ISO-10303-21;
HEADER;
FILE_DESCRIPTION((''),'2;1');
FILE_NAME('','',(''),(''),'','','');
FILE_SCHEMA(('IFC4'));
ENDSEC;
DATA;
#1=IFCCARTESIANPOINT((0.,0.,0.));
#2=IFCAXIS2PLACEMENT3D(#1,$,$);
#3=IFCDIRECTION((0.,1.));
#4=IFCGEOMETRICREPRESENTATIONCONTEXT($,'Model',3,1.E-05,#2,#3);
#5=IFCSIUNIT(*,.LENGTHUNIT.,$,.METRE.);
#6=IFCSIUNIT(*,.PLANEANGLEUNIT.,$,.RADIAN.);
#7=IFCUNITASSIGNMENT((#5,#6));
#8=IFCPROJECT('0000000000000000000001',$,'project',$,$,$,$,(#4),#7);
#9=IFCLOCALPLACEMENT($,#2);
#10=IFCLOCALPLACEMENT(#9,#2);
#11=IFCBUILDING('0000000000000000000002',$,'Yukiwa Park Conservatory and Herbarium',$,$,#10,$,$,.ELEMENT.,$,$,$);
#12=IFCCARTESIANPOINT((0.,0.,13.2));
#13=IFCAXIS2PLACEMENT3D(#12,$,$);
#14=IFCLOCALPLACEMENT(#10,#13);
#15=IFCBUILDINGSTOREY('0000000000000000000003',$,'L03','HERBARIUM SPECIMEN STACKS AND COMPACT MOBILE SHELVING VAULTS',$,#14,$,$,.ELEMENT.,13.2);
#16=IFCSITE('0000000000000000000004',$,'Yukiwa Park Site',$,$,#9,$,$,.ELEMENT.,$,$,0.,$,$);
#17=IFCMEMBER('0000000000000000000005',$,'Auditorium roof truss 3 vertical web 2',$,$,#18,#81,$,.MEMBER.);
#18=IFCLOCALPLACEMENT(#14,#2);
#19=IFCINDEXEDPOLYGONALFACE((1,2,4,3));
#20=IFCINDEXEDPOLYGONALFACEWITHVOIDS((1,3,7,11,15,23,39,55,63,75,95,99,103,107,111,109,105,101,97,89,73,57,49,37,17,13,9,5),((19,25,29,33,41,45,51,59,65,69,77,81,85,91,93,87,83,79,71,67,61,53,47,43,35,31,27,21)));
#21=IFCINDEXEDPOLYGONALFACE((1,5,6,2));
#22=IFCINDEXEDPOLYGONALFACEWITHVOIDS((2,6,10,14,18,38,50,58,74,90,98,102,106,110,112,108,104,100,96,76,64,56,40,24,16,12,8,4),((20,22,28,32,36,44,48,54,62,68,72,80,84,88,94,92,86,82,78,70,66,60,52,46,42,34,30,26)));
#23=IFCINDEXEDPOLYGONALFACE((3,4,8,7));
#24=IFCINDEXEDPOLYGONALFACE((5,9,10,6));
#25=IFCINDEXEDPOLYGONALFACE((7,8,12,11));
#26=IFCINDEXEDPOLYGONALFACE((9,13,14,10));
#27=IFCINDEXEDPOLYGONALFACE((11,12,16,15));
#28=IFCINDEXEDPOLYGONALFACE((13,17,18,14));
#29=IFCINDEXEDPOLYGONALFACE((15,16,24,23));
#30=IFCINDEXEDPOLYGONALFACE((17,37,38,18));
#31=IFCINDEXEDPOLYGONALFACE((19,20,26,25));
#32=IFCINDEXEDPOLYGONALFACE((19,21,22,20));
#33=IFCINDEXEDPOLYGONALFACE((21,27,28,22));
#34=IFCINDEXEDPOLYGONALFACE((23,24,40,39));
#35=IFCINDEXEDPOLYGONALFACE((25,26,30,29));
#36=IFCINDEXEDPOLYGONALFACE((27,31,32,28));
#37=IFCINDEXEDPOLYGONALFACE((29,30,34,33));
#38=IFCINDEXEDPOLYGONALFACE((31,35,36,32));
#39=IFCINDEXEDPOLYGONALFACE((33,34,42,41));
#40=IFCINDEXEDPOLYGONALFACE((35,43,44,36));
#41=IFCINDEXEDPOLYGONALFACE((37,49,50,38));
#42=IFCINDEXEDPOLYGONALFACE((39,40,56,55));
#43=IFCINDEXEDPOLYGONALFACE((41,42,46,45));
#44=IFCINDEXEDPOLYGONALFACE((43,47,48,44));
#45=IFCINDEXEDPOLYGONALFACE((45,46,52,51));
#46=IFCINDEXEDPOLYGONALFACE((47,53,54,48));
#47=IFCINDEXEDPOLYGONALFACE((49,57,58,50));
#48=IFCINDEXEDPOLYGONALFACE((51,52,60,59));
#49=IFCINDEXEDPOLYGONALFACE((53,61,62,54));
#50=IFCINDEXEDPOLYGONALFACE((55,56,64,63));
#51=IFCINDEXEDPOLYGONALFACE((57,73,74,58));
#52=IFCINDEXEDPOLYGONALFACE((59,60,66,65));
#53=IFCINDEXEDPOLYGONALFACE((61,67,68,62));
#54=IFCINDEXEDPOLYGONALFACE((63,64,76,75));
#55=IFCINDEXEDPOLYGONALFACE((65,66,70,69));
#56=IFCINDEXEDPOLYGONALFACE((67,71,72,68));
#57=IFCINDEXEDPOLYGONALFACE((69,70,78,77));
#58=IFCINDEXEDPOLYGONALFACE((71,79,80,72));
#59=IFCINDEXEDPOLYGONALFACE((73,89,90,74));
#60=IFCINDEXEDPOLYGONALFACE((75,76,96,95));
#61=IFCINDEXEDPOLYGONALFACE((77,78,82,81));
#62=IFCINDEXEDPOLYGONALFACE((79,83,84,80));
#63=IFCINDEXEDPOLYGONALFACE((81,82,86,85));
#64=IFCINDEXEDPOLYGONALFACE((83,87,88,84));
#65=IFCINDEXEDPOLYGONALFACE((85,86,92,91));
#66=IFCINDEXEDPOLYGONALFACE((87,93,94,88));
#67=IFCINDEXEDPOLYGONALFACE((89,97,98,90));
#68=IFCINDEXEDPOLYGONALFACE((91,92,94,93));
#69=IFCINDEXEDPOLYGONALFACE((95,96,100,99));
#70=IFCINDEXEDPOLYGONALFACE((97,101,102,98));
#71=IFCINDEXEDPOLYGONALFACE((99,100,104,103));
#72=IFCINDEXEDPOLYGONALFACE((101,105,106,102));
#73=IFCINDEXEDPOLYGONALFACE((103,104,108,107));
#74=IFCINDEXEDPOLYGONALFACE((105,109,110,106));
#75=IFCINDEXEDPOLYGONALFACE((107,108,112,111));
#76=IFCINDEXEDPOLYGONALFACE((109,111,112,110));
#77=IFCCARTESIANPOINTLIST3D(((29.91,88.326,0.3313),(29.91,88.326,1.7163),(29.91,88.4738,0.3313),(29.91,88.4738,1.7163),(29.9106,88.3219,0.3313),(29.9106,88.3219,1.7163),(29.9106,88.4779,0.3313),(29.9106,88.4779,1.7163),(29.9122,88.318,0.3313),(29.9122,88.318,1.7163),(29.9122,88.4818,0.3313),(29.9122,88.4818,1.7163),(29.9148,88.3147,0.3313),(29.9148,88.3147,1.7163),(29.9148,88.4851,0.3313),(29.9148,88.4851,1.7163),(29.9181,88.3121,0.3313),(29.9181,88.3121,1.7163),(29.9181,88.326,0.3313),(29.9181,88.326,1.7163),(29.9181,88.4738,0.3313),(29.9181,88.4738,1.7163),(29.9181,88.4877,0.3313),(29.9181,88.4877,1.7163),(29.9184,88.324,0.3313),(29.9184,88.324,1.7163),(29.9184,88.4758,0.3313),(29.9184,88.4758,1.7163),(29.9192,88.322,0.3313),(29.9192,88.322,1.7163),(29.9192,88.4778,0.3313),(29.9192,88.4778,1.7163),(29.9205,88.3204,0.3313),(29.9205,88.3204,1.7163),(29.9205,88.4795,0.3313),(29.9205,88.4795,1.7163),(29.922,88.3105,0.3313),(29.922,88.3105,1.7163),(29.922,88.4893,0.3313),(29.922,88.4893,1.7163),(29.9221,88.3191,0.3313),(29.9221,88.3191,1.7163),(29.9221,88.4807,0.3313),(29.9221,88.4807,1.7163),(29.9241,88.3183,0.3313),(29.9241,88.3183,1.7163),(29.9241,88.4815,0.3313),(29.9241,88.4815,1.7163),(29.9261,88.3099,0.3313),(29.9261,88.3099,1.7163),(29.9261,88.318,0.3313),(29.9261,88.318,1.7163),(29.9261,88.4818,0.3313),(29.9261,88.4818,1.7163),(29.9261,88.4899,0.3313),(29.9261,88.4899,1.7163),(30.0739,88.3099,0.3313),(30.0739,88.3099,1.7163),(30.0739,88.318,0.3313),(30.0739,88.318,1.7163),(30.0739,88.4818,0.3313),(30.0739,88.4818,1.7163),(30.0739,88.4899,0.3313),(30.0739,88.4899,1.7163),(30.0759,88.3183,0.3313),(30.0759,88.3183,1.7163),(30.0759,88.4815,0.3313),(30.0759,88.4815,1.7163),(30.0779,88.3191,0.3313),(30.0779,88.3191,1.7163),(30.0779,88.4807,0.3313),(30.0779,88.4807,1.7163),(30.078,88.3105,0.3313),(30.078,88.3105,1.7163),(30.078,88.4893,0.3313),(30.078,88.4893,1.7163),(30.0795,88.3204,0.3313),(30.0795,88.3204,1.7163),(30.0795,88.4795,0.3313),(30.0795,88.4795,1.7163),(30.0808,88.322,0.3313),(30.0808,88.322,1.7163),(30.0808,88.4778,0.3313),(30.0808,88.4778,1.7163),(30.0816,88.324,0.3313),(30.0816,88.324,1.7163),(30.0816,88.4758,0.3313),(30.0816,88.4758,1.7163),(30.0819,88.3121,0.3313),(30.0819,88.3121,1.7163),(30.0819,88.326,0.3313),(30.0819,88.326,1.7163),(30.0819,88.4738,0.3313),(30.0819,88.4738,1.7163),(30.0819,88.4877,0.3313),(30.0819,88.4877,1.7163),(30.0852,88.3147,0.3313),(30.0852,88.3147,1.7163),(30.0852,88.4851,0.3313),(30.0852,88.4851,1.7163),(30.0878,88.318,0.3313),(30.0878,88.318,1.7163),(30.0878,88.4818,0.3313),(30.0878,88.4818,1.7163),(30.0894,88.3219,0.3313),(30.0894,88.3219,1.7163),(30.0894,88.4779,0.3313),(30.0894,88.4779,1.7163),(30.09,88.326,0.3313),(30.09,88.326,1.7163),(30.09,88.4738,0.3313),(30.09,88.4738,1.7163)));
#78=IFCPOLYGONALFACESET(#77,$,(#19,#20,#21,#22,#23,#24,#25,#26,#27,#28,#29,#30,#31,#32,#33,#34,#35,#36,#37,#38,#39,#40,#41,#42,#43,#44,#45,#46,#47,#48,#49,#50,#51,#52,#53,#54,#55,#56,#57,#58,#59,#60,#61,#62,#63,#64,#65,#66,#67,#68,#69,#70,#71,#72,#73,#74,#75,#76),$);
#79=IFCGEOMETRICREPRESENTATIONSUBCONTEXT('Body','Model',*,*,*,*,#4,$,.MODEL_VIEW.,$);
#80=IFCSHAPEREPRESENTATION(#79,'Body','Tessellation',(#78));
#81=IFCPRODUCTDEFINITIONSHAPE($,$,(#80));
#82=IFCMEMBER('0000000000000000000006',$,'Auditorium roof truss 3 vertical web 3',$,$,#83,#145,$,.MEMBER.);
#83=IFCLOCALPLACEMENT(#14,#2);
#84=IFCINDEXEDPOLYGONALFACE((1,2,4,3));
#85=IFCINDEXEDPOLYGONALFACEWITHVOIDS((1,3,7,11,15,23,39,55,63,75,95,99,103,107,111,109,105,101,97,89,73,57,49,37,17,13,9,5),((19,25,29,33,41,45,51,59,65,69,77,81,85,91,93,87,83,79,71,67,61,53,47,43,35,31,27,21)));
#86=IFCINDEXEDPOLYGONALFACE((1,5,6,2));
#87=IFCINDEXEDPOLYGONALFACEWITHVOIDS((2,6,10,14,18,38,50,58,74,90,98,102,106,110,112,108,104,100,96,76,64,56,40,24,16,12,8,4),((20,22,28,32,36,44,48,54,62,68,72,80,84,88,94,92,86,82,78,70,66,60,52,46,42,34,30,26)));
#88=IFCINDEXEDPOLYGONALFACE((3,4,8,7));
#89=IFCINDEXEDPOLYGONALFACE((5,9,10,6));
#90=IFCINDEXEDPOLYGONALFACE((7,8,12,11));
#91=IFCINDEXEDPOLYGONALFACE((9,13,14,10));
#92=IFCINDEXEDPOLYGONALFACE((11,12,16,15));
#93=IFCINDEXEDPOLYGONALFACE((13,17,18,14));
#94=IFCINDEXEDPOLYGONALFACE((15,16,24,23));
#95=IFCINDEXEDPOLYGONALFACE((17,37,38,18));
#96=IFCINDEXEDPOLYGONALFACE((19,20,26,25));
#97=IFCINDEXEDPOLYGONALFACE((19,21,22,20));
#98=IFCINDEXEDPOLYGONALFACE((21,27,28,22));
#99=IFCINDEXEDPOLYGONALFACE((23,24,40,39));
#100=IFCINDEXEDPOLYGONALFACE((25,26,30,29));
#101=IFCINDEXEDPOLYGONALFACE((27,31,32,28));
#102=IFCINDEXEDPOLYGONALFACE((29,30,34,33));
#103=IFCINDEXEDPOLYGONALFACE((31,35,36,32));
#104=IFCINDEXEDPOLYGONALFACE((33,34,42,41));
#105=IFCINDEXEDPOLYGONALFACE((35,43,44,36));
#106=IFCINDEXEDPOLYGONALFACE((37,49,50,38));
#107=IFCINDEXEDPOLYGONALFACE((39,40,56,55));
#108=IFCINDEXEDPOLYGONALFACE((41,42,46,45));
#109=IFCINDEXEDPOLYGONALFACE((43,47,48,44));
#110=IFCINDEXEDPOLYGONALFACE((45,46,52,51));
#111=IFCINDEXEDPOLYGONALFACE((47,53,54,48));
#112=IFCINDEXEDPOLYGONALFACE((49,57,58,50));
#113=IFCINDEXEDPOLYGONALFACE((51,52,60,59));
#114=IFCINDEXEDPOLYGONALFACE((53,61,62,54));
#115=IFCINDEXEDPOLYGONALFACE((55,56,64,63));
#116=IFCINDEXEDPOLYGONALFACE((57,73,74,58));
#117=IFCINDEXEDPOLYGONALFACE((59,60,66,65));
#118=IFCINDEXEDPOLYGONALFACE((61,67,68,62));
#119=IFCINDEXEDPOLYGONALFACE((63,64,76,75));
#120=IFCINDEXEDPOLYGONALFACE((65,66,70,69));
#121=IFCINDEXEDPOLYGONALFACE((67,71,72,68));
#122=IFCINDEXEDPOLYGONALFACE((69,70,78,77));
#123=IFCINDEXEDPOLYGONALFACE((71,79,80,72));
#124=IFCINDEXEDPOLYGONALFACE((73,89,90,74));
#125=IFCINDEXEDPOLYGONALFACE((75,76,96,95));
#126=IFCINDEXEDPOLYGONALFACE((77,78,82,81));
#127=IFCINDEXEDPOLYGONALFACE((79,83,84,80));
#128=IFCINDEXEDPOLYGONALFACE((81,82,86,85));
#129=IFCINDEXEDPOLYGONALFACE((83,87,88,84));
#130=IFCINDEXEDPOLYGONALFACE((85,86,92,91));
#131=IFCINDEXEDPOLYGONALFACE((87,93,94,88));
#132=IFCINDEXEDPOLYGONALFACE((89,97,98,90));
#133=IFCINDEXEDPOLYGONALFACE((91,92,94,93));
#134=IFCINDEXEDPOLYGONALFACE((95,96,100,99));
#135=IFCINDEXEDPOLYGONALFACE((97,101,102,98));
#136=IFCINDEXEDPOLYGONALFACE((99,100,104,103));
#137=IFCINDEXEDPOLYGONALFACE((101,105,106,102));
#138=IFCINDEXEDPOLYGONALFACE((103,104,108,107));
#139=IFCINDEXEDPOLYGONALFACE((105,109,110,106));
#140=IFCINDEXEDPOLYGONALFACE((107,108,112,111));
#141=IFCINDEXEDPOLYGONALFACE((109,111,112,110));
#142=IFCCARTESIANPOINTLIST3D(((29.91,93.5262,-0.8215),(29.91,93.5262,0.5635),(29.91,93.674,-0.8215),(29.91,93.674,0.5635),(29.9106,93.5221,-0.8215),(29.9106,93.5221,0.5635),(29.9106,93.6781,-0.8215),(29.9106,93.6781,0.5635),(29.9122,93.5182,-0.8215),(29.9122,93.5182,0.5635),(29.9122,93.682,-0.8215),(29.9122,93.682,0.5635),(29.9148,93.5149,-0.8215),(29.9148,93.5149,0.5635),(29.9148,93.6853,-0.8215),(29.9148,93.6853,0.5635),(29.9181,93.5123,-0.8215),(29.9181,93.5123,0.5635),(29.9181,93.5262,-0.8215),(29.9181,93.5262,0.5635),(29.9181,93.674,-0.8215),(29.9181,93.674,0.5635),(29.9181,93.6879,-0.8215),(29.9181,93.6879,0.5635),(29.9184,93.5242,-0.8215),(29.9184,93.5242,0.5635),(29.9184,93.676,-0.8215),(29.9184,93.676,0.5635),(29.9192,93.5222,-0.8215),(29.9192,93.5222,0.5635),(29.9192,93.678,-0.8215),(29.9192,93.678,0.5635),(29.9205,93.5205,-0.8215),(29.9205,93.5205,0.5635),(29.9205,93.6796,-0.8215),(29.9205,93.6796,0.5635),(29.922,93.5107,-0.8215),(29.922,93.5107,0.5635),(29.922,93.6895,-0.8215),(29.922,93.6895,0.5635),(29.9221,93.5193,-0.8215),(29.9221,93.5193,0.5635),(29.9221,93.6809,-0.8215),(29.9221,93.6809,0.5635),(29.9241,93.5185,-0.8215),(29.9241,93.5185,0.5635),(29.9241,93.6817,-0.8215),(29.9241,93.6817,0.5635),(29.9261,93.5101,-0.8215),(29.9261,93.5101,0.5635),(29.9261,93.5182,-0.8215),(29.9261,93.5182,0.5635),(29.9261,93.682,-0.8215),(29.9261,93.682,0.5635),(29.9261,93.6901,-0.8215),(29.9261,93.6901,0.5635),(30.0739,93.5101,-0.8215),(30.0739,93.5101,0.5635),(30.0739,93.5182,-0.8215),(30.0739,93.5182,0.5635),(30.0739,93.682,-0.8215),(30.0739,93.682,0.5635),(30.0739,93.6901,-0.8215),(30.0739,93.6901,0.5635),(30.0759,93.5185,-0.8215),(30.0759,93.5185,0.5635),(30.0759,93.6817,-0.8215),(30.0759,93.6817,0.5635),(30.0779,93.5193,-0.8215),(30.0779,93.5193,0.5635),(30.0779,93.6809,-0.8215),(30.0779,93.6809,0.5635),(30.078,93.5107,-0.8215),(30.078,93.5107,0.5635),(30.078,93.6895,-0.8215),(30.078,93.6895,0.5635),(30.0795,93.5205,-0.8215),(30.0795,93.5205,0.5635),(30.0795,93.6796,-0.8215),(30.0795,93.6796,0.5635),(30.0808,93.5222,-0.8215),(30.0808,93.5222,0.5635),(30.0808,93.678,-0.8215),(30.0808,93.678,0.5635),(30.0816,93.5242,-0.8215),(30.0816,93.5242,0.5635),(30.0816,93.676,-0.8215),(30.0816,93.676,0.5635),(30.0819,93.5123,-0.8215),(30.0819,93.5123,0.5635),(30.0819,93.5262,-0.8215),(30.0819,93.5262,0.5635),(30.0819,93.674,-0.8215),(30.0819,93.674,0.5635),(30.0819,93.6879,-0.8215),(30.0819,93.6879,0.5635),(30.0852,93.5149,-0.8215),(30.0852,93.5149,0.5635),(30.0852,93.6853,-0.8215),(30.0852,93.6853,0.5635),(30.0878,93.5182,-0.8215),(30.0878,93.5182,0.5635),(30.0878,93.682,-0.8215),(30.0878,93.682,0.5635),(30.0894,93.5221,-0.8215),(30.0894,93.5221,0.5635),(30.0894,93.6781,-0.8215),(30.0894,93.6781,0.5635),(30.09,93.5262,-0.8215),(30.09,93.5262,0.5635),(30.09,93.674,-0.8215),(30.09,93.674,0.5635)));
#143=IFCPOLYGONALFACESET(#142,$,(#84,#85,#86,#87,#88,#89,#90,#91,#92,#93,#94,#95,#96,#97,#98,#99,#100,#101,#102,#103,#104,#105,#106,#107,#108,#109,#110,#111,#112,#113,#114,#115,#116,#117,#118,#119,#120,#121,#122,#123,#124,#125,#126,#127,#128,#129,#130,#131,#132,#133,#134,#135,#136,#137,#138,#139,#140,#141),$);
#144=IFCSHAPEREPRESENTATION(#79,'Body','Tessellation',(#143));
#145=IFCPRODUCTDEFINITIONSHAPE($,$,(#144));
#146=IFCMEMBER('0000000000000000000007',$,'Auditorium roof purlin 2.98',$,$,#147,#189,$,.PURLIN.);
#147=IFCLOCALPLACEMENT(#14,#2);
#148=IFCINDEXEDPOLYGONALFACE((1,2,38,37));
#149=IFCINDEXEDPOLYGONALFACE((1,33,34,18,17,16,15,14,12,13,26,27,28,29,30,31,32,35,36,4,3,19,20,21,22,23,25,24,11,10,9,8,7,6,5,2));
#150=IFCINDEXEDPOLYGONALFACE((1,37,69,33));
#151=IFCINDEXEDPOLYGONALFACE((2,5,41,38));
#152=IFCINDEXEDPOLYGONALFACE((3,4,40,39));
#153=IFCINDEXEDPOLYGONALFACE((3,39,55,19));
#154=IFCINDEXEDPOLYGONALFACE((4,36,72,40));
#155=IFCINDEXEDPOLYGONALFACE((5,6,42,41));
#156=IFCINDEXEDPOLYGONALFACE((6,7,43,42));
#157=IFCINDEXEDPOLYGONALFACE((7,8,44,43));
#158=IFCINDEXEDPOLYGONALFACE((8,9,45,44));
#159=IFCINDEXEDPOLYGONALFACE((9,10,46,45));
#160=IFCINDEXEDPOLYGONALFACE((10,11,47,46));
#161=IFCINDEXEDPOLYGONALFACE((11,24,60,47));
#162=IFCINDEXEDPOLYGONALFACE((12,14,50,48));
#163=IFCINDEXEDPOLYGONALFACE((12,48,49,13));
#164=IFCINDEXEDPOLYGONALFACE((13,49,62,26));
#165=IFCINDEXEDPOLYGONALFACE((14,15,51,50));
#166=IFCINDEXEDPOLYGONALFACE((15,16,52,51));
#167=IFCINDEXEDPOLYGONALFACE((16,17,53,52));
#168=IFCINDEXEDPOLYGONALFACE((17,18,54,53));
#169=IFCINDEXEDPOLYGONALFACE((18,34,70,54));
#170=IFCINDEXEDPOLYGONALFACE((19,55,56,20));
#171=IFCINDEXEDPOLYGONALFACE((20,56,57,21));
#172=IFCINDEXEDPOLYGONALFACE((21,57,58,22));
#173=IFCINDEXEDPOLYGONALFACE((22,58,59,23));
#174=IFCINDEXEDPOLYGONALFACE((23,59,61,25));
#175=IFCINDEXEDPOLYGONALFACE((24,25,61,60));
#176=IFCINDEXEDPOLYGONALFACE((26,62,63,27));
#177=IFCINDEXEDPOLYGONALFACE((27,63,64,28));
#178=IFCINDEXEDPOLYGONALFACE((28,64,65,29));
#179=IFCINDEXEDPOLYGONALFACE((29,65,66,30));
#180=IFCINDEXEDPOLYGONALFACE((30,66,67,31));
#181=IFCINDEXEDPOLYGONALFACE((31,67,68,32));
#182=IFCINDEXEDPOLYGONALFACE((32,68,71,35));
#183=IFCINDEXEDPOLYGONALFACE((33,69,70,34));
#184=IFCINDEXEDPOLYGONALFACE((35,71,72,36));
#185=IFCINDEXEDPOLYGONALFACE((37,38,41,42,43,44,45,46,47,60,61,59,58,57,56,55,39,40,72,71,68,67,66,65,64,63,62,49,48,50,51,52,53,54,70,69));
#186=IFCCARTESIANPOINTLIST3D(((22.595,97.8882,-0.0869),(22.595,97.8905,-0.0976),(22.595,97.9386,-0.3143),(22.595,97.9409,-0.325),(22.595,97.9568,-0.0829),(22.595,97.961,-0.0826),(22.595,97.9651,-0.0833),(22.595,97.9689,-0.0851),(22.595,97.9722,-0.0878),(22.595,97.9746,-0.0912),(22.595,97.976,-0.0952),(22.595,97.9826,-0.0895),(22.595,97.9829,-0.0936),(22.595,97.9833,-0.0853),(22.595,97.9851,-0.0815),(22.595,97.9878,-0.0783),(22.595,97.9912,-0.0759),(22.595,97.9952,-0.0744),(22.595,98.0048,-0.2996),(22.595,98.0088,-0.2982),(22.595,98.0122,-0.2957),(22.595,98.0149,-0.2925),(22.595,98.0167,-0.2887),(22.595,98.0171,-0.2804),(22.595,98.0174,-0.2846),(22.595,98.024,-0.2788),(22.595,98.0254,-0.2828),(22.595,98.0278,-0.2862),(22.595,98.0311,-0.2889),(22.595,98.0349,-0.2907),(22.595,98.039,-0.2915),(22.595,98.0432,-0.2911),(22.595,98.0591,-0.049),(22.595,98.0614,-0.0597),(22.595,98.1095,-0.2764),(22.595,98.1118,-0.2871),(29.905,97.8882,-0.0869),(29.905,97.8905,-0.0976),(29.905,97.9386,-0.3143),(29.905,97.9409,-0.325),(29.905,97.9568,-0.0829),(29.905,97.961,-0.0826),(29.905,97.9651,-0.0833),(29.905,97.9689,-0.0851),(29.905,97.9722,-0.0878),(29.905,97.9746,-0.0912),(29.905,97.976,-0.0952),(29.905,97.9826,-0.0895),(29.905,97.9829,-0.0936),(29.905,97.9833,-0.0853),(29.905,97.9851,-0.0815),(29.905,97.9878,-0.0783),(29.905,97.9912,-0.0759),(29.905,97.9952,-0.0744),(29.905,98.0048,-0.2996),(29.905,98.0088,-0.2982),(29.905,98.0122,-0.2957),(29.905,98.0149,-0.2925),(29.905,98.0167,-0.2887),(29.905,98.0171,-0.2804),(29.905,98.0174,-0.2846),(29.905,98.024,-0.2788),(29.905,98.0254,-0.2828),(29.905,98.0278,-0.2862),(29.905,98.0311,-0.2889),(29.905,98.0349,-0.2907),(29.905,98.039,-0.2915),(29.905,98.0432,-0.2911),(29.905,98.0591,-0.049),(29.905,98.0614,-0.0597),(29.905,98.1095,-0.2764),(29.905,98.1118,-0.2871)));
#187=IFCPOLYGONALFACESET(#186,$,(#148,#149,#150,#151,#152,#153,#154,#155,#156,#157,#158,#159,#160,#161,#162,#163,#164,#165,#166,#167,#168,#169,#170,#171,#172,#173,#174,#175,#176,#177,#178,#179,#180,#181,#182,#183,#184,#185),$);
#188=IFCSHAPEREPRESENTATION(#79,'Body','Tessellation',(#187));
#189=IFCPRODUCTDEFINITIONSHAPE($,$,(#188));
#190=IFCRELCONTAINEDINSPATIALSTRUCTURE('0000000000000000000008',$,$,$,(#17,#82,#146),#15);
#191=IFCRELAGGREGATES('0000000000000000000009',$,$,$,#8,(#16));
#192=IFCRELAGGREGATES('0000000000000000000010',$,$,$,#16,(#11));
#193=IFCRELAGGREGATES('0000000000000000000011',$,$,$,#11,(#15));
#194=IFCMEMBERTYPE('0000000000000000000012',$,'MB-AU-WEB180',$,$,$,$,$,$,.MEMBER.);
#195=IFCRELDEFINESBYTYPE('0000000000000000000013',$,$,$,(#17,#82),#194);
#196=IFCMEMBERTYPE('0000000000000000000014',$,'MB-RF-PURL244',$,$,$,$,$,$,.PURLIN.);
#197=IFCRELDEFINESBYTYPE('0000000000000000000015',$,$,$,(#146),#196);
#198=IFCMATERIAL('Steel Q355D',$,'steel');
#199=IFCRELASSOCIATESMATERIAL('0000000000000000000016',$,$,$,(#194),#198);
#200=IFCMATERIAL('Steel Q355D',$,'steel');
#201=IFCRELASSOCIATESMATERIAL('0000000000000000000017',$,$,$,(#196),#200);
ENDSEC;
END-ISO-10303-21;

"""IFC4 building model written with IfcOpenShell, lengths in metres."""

from ifc_helpers import new_model, si_unit, direction, frame, origin, origin_2d, place, context, subcontext, project, spatial, hollow_rectangle, i_section, extrude, material, material_profile, profile_set, type_object, element, save


model = new_model("IFC4")

# Units and contexts
model_context = context("Model", 3, precision=1e-05, world=origin(), true_north=direction((0.0, 1.0)))
body_context = subcontext(model_context, "Body", "Model", "MODEL_VIEW")
ifc_project = project(units=[si_unit("LENGTHUNIT", "METRE"), si_unit("PLANEANGLEUNIT", "RADIAN")], contexts=[model_context])

# Site, building, storey
site_placement = place(None, origin())
site = spatial("IfcSite", under=ifc_project, at=site_placement, Name="Yukiwa Park Site", CompositionType="ELEMENT", RefElevation=0.0)
building_placement = place(site_placement, origin())
building = spatial("IfcBuilding", under=site, at=building_placement, Name="Yukiwa Park Conservatory and Herbarium", CompositionType="ELEMENT")
storey_placement = place(building_placement, frame((0.0, 0.0, 13.2)))
storey = spatial("IfcBuildingStorey", under=building, at=storey_placement, Name="L03", Description="HERBARIUM SPECIMEN STACKS AND COMPACT MOBILE SHELVING VAULTS", CompositionType="ELEMENT", Elevation=13.2)

# Members
ifc_material_1 = material(Name="Steel Q355D", Category="steel")
ifc_material_profile_1 = material_profile(ifc_material_1, hollow_rectangle(XDim=0.1799, YDim=0.1799, WallThickness=0.0081, InnerFilletRadius=0.0081, OuterFilletRadius=0.0161, at=origin_2d()), Name="SHS 180x180x8")
ifc_profile_set_1 = profile_set([ifc_material_profile_1], Name="Steel Q355D")
member_type_1 = type_object("IfcMemberType", Name="MB-AU-WEB180", PredefinedType="MEMBER", material=ifc_profile_set_1)
for number, where, z_axis, x_axis, name in (
    (1, (30.0, 88.3999, 0.3313), (0.0, 0.0, 1.0), (1.0, 0.0, 0.0), "Auditorium roof truss 3 vertical web 2"),
    (2, (30.0, 93.6001, -0.8215), (0.0, 0.0, 1.0), (1.0, 0.0, 0.0), "Auditorium roof truss 3 vertical web 3"),
):
    element("IfcMember", number, at=place(storey_placement, frame(where, z_axis=z_axis, x_axis=x_axis)), inside=storey, type_object=member_type_1, Name=name, PredefinedType="MEMBER", context=body_context, shape_type="SweptSolid", body=[
        extrude(hollow_rectangle(XDim=0.1799, YDim=0.1799, WallThickness=0.0081, InnerFilletRadius=0.0081, OuterFilletRadius=0.0161, at=origin_2d()), origin(), (0.0, 0.0, 1.0), 1.385),
    ])
ifc_material_2 = material(Name="Steel Q355D", Category="steel")
ifc_material_profile_2 = material_profile(ifc_material_2, i_section(OverallWidth=0.175, OverallDepth=0.2439, WebThickness=0.0071, FlangeThickness=0.011, FilletRadius=0.0161, at=origin_2d()), Name="HM 244x175x7x11")
ifc_profile_set_2 = profile_set([ifc_material_profile_2], Name="Steel Q355D")
member_type_2 = type_object("IfcMemberType", Name="MB-RF-PURL244", PredefinedType="PURLIN", material=ifc_profile_set_2)
for number, where, z_axis, x_axis, name in (
    (3, (22.595, 98.0, -0.187), (1.0, 0.0, 0.0), (0.0, 0.976296, 0.21644), "Auditorium roof purlin 2.98"),
):
    element("IfcMember", number, at=place(storey_placement, frame(where, z_axis=z_axis, x_axis=x_axis)), inside=storey, type_object=member_type_2, Name=name, PredefinedType="PURLIN", context=body_context, shape_type="SweptSolid", body=[
        extrude(i_section(OverallWidth=0.175, OverallDepth=0.2439, WebThickness=0.0071, FlangeThickness=0.011, FilletRadius=0.0161, at=origin_2d()), origin(), (0.0, 0.0, 1.0), 7.3101),
    ])

save(model, "model.ifc")
